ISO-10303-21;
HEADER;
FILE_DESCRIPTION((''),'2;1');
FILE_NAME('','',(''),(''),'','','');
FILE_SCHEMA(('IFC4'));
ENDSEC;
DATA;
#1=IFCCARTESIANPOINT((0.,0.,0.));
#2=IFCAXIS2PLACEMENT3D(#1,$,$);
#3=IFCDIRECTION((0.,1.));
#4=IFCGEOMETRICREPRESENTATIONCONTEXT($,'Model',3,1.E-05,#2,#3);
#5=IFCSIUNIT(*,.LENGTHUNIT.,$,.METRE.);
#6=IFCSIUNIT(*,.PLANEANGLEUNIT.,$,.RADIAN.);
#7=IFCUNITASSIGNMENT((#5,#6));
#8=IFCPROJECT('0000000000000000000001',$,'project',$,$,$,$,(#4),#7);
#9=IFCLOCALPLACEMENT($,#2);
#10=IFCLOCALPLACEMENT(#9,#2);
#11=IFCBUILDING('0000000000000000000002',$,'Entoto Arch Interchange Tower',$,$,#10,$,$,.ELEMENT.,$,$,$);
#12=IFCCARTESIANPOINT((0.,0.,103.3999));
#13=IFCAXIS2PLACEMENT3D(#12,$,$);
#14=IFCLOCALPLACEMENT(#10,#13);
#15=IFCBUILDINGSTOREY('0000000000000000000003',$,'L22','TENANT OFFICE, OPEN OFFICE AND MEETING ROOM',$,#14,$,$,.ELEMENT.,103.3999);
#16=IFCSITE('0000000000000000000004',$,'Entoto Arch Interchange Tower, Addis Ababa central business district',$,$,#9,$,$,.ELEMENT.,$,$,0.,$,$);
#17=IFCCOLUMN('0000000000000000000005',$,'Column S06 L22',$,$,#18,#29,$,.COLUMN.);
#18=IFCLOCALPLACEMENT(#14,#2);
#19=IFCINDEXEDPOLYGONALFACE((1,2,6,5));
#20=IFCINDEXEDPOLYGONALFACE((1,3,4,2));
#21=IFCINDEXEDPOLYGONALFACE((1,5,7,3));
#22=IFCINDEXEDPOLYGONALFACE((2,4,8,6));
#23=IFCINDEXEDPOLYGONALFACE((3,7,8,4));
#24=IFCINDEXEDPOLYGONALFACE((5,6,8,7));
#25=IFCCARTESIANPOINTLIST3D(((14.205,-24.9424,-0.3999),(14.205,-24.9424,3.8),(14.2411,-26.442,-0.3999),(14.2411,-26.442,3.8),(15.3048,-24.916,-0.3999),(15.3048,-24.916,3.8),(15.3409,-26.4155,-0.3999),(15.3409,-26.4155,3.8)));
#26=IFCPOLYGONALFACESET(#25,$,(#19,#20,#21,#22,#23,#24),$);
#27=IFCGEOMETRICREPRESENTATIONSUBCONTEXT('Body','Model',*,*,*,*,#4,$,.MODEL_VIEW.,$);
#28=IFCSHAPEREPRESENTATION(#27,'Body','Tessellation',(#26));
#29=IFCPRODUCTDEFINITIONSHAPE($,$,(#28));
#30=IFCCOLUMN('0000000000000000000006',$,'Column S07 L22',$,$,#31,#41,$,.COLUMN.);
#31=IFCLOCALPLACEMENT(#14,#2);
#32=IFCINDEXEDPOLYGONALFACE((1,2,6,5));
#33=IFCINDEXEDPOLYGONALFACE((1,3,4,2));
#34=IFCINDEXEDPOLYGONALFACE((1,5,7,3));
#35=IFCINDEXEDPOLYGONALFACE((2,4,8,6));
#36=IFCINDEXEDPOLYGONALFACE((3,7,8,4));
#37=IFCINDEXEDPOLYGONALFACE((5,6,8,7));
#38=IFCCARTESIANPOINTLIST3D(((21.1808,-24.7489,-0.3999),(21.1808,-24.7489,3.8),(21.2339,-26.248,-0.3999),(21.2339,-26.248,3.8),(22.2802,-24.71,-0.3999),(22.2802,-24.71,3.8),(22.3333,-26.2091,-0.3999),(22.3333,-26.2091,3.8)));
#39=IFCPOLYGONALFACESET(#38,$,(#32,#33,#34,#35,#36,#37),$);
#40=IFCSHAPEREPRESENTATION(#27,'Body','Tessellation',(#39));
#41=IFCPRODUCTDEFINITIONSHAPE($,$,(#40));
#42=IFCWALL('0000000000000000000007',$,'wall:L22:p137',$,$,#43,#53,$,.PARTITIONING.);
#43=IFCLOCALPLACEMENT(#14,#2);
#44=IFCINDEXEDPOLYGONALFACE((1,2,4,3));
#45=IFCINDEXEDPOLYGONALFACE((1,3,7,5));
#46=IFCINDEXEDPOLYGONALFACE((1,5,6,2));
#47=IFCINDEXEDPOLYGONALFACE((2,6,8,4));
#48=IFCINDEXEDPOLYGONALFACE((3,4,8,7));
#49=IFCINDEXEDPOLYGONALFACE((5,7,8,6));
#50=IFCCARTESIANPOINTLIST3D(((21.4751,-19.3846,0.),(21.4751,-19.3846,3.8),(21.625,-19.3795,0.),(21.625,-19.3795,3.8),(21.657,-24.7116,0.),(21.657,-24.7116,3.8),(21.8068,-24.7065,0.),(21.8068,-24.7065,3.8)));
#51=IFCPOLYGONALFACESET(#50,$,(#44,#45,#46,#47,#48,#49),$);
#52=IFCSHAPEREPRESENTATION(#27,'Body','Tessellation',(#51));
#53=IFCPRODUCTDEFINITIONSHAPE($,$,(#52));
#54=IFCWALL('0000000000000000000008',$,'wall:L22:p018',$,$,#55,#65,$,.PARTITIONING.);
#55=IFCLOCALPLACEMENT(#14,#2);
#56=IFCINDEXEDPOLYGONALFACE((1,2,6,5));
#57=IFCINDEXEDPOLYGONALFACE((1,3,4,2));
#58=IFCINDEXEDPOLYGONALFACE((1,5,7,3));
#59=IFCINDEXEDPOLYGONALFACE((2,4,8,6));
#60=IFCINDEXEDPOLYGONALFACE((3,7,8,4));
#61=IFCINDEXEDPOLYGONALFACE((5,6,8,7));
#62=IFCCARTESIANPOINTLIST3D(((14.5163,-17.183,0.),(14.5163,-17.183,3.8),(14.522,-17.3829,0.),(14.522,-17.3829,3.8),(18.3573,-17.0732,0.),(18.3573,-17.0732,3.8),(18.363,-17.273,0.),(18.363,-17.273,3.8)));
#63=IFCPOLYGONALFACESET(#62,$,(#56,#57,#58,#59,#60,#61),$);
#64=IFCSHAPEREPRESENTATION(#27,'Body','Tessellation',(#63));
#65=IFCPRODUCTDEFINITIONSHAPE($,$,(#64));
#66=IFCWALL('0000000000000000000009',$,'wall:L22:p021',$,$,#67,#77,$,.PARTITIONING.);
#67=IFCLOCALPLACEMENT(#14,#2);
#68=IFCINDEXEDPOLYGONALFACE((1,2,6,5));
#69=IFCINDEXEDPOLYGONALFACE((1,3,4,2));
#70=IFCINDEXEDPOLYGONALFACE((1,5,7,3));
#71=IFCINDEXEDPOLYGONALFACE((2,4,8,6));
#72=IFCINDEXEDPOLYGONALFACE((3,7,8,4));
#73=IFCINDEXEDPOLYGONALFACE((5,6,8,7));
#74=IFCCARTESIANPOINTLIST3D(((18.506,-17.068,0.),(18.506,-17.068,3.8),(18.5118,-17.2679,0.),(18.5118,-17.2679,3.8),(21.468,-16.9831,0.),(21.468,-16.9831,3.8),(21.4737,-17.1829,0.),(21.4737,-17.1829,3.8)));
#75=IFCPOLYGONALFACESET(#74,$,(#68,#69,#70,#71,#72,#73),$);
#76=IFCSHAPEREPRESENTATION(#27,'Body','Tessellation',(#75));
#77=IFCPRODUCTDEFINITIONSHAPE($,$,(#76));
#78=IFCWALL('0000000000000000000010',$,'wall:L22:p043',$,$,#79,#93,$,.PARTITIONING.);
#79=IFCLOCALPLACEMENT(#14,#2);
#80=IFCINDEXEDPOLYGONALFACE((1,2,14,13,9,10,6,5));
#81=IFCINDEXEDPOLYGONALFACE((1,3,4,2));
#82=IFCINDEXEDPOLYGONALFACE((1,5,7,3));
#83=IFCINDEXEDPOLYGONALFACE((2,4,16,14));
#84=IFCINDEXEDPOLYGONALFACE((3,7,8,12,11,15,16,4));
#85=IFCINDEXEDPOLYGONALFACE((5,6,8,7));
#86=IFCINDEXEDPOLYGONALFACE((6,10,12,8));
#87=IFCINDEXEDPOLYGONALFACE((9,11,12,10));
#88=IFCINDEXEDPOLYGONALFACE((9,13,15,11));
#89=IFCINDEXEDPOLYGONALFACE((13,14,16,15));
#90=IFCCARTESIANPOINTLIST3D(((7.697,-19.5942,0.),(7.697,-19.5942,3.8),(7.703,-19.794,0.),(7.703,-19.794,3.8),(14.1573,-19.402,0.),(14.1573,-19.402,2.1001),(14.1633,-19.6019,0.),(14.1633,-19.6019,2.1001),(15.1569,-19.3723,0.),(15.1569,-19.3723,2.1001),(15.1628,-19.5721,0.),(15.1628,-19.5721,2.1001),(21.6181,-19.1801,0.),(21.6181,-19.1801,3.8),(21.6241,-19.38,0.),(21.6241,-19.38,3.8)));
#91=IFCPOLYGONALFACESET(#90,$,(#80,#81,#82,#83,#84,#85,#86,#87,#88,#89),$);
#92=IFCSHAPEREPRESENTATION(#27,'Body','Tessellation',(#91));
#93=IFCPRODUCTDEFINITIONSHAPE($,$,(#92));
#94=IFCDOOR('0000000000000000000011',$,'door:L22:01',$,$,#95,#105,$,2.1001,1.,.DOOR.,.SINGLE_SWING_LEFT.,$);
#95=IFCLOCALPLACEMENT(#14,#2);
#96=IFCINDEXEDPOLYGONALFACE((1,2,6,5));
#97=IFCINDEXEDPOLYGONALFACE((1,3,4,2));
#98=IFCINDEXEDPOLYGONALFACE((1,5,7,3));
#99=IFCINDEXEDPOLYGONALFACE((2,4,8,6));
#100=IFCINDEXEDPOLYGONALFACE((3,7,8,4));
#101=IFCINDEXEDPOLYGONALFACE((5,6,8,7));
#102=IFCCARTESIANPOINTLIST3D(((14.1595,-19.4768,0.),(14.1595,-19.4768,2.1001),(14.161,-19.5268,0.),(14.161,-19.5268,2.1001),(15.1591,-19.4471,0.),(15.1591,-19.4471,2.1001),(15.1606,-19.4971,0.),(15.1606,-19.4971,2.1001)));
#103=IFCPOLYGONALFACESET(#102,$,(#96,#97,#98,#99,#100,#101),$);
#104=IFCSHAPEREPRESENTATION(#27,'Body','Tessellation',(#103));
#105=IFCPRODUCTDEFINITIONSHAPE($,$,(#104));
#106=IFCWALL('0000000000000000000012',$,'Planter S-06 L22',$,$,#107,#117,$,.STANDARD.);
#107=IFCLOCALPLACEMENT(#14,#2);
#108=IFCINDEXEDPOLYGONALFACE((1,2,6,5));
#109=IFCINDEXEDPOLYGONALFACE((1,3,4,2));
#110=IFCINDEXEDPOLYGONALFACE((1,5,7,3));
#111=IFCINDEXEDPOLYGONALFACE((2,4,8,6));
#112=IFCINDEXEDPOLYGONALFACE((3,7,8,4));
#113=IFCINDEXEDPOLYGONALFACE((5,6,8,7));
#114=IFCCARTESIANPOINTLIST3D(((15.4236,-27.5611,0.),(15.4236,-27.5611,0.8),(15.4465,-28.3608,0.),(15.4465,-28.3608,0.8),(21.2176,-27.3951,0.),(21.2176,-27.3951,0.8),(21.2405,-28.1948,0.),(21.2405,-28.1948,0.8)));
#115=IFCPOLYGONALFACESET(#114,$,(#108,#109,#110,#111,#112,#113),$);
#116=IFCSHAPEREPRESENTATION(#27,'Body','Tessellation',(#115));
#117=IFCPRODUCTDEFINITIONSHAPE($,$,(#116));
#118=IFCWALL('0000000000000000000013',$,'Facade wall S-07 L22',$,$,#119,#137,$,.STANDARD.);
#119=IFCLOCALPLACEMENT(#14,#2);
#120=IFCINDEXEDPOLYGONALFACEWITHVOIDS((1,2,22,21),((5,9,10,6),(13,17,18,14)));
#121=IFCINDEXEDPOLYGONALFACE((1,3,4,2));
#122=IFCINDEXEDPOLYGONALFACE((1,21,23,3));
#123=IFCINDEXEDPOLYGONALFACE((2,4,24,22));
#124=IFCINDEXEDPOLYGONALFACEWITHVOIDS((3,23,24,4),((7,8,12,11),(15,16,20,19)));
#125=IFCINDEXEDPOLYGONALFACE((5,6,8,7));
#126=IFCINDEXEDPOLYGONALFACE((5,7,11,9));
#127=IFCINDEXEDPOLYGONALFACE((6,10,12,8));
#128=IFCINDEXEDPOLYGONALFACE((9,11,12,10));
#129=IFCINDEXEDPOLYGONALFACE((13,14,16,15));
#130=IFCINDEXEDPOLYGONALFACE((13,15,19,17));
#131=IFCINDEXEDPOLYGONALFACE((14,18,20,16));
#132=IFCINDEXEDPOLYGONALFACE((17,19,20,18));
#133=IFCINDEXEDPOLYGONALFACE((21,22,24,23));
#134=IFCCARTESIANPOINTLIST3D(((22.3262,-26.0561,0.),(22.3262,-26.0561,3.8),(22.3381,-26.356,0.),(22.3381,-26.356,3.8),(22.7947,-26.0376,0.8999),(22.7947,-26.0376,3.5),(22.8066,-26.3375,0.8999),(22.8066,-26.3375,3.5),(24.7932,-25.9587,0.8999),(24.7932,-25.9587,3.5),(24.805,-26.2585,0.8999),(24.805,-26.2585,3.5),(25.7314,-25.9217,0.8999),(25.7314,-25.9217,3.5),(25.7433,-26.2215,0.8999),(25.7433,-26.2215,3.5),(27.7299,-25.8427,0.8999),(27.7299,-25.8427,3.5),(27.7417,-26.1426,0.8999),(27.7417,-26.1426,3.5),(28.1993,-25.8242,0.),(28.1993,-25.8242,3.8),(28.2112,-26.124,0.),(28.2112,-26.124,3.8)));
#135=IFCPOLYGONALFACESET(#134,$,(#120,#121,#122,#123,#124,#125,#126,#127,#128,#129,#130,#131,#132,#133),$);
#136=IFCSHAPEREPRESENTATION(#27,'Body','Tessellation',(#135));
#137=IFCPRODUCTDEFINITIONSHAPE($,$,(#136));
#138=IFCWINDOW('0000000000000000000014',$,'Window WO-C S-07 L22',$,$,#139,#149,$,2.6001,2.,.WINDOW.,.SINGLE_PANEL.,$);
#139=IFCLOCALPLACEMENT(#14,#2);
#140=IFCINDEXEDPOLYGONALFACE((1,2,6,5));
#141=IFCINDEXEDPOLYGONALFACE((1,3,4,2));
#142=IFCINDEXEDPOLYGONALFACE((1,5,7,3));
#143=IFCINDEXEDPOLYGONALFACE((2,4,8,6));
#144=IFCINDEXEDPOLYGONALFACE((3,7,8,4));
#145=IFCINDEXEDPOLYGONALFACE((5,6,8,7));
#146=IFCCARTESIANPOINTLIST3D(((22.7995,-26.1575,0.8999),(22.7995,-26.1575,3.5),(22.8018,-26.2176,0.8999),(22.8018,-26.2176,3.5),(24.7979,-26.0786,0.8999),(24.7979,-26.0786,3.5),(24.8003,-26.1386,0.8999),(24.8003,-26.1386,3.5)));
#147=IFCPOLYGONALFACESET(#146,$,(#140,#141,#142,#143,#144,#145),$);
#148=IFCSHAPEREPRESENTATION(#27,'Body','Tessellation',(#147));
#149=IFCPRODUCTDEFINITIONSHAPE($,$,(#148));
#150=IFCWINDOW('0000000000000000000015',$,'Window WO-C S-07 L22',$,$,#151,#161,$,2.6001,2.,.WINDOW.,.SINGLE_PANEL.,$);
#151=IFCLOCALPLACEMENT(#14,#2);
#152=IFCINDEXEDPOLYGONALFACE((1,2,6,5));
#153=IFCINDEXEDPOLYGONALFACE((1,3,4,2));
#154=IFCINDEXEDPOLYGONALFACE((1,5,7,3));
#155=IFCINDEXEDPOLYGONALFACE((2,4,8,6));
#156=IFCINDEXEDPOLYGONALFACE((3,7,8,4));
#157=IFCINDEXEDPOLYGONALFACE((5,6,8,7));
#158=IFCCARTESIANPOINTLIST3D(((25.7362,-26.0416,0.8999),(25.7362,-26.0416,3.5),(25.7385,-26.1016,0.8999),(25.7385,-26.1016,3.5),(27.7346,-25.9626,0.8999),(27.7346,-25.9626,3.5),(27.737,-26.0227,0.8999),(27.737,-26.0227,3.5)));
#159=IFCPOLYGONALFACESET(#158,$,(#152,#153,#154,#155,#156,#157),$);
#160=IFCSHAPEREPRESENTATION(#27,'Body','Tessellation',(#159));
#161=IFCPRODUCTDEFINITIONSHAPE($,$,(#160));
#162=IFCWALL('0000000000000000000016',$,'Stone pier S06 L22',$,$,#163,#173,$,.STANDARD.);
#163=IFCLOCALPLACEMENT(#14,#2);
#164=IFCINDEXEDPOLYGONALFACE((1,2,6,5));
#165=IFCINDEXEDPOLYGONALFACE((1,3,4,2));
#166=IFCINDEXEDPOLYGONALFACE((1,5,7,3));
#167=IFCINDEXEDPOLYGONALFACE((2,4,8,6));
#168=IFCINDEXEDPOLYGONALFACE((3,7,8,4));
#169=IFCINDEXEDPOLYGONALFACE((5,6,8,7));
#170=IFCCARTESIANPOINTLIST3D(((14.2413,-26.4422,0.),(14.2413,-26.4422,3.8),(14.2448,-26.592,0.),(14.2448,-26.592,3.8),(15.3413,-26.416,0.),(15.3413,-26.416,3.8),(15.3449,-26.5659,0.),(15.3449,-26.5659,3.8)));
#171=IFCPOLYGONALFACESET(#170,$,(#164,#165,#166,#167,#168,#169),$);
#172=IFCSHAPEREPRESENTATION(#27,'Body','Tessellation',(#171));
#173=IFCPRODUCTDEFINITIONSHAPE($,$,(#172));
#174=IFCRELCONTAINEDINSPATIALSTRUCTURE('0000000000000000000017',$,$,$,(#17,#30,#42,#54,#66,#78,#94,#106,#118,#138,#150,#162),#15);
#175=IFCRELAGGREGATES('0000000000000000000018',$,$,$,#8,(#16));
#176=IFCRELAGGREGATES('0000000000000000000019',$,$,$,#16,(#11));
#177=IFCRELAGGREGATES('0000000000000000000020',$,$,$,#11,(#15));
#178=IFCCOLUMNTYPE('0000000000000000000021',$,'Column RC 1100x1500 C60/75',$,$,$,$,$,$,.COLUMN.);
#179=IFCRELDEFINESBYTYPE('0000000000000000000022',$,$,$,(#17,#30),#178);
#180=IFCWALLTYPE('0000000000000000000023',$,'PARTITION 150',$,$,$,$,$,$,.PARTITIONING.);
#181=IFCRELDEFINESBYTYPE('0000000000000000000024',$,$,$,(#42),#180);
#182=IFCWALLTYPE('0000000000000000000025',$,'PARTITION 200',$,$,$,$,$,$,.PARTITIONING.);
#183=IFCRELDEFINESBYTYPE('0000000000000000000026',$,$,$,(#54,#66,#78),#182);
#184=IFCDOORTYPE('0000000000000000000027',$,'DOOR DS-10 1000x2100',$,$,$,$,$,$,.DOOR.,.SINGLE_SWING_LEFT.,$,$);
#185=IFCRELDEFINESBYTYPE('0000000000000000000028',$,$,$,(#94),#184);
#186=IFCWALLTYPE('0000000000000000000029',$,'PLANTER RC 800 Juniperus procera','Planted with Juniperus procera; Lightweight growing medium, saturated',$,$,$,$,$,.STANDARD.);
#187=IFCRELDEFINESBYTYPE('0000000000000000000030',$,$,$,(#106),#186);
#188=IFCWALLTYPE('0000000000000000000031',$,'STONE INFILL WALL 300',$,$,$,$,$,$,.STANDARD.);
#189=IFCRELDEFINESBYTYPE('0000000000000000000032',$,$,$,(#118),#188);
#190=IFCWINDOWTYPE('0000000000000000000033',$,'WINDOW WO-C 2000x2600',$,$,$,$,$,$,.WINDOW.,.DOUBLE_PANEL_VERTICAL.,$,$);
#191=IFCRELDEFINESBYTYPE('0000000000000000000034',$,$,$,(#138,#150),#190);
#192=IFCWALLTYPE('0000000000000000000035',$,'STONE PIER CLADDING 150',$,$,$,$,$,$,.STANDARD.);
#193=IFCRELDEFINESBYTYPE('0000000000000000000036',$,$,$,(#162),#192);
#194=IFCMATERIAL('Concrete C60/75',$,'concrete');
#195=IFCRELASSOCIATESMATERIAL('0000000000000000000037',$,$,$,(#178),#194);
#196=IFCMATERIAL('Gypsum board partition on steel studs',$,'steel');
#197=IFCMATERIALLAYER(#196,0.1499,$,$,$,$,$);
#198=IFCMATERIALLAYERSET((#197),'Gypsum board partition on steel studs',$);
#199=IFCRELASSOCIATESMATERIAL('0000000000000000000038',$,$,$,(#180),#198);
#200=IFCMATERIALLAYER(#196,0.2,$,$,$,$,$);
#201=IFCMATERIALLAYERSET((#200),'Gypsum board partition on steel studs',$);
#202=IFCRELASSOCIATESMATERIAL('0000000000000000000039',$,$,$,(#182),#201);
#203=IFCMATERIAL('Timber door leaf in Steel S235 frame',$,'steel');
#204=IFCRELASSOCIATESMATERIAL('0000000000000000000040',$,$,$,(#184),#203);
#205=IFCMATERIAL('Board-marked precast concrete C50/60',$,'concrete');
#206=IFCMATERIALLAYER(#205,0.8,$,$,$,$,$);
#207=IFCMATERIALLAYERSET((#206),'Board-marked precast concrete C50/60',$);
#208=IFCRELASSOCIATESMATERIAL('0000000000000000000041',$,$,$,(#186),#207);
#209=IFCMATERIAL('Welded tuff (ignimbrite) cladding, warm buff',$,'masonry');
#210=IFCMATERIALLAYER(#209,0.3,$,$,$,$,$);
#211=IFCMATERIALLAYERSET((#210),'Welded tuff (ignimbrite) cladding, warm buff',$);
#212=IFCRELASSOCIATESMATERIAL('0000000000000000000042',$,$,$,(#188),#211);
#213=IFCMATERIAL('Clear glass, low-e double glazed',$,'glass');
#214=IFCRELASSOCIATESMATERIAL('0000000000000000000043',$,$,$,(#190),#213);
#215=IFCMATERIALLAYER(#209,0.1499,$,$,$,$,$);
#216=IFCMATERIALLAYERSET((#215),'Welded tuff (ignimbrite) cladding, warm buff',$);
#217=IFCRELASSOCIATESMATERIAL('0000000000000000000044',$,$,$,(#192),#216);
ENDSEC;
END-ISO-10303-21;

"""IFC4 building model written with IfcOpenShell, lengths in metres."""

from ifc_helpers import new_model, si_unit, direction, frame, frame_2d, origin, origin_2d, place, context, subcontext, project, spatial, rectangle, extrude, material, layer, layer_set, material_profile, profile_set, type_object, element, fill, save


model = new_model("IFC4")

# Units and contexts
model_context = context("Model", 3, precision=1e-05, world=origin(), true_north=direction((0.0, 1.0)))
body_context = subcontext(model_context, "Body", "Model", "MODEL_VIEW")
ifc_project = project(units=[si_unit("LENGTHUNIT", "METRE"), si_unit("PLANEANGLEUNIT", "RADIAN")], contexts=[model_context])

# Site, building, storey
site_placement = place(None, origin())
site = spatial("IfcSite", under=ifc_project, at=site_placement, Name="Entoto Arch Interchange Tower, Addis Ababa central business district", CompositionType="ELEMENT", RefElevation=0.0)
building_placement = place(site_placement, origin())
building = spatial("IfcBuilding", under=site, at=building_placement, Name="Entoto Arch Interchange Tower", CompositionType="ELEMENT")
storey_placement = place(building_placement, frame((0.0, 0.0, 103.3999)))
storey = spatial("IfcBuildingStorey", under=building, at=storey_placement, Name="L22", Description="TENANT OFFICE, OPEN OFFICE AND MEETING ROOM", CompositionType="ELEMENT", Elevation=103.3999)

# Columns
ifc_material_1 = material(Name="Concrete C60/75", Category="concrete")
ifc_material_profile_1 = material_profile(ifc_material_1, rectangle(XDim=1.1001, YDim=1.5, at=origin_2d()))
ifc_profile_set_1 = profile_set([ifc_material_profile_1], Name="Concrete C60/75")
column_type = type_object("IfcColumnType", Name="Column RC 1100x1500 C60/75", PredefinedType="COLUMN", material=ifc_profile_set_1)
for number, where, z_axis, x_axis, name in (
    (1, (14.7729, -25.679, -0.3999), (0.0, 0.0, 1.0), (0.999711, 0.024031, 0.0), "Column S06 L22"),
    (2, (21.7571, -25.479, -0.3999), (0.0, 0.0, 1.0), (0.999374, 0.035388, 0.0), "Column S07 L22"),
):
    element("IfcColumn", number, at=place(storey_placement, frame(where, z_axis=z_axis, x_axis=x_axis)), inside=storey, type_object=column_type, Name=name, PredefinedType="COLUMN", context=body_context, shape_type="SweptSolid", body=[
        extrude(rectangle(XDim=1.1001, YDim=1.5, at=origin_2d()), origin(), (0.0, 0.0, 1.0), 4.2),
    ])

# Walls
ifc_material_2 = material(Name="Gypsum board partition on steel studs", Category="steel")
ifc_layer_1 = layer(ifc_material_2, 0.1499)
ifc_layer_set_1 = layer_set([ifc_layer_1], Name="Gypsum board partition on steel studs")
wall_type_1 = type_object("IfcWallType", Name="PARTITION 150", PredefinedType="PARTITIONING", material=ifc_layer_set_1)
wall_1_placement = place(storey_placement, frame((21.55, -19.3821, 0.0), z_axis=(0.0, 0.0, 1.0), x_axis=(0.034125, -0.999418, 0.0)))
element("IfcWall", 3, at=wall_1_placement, inside=storey, type_object=wall_type_1, Name="wall:L22:p137", PredefinedType="PARTITIONING", context=body_context, shape_type="SweptSolid", body=[
    extrude(rectangle(XDim=5.3301, YDim=0.1499, at=frame_2d((2.665, 0.0))), origin(), (0.0, 0.0, 1.0), 3.8),
])
ifc_layer_2 = layer(ifc_material_2, 0.2)
ifc_layer_set_2 = layer_set([ifc_layer_2], Name="Gypsum board partition on steel studs")
wall_type_2 = type_object("IfcWallType", Name="PARTITION 200", PredefinedType="PARTITIONING", material=ifc_layer_set_2)
wall_2_placement = place(storey_placement, frame((14.519, -17.283, 0.0), z_axis=(0.0, 0.0, 1.0), x_axis=(0.999591, 0.028591, 0.0)))
element("IfcWall", 4, at=wall_2_placement, inside=storey, type_object=wall_type_2, Name="wall:L22:p018", PredefinedType="PARTITIONING", context=body_context, shape_type="SweptSolid", body=[
    extrude(rectangle(XDim=3.8425, YDim=0.2, at=frame_2d((1.9214, 0.0))), origin(), (0.0, 0.0, 1.0), 3.8),
])
wall_3_placement = place(storey_placement, frame((18.509, -17.168, 0.0), z_axis=(0.0, 0.0, 1.0), x_axis=(0.999589, 0.028673, 0.0)))
element("IfcWall", 5, at=wall_3_placement, inside=storey, type_object=wall_type_2, Name="wall:L22:p021", PredefinedType="PARTITIONING", context=body_context, shape_type="SweptSolid", body=[
    extrude(rectangle(XDim=2.9631, YDim=0.2, at=frame_2d((1.4814, 0.0))), origin(), (0.0, 0.0, 1.0), 3.8),
])

# Wall, opening, door
wall_4_placement = place(storey_placement, frame((21.6211, -19.28, 0.0), z_axis=(0.0, 0.0, 1.0), x_axis=(-0.999558, -0.02973, 0.0)))
wall_4 = element("IfcWall", 6, at=wall_4_placement, inside=storey, type_object=wall_type_2, Name="wall:L22:p043", PredefinedType="PARTITIONING", context=body_context, shape_type="SweptSolid", body=[
    extrude(rectangle(XDim=13.9272, YDim=0.2, at=frame_2d((6.9636, 0.0))), origin(), (0.0, 0.0, 1.0), 3.8),
])
opening_1_placement = place(wall_4_placement, frame((6.4641, 0.0, 0.0)))
opening_1 = element("IfcOpeningElement", 7, at=opening_1_placement, cuts=wall_4, PredefinedType="OPENING", context=body_context, shape_type="SweptSolid", body=[
    extrude(rectangle(XDim=1.0, YDim=2.1001, at=frame_2d((0.5, 1.05))), frame((0.0, 0.1099, 0.0), z_axis=(0.0, -1.0, 0.0), x_axis=(1.0, 0.0, 0.0)), (0.0, 0.0, 1.0), 0.22),
])
ifc_material_3 = material(Name="Timber door leaf in Steel S235 frame", Category="steel")
door_type_1 = type_object("IfcDoorType", Name="DOOR DS-10 1000x2100", OperationType="SINGLE_SWING_LEFT", PredefinedType="DOOR", material=ifc_material_3)
door_1_placement = place(opening_1_placement, origin())
door_1 = element("IfcDoor", 8, at=door_1_placement, inside=storey, type_object=door_type_1, Name="door:L22:01", OperationType="SINGLE_SWING_LEFT", OverallHeight=2.1001, OverallWidth=1.0, PredefinedType="DOOR", context=body_context, shape_type="SweptSolid", body=[
    extrude(rectangle(XDim=1.0, YDim=2.1001, at=frame_2d((0.5, 1.05))), frame((0.0, 0.0249, 0.0), z_axis=(0.0, -1.0, 0.0), x_axis=(1.0, 0.0, 0.0)), (0.0, 0.0, 1.0), 0.05),
])
fill(opening_1, door_1)

# Wall
ifc_material_4 = material(Name="Board-marked precast concrete C50/60", Category="concrete")
ifc_layer_3 = layer(ifc_material_4, 0.8)
ifc_layer_set_3 = layer_set([ifc_layer_3], Name="Board-marked precast concrete C50/60")
wall_type_3 = type_object("IfcWallType", Name="PLANTER RC 800 Juniperus procera", Description="Planted with Juniperus procera; Lightweight growing medium, saturated", PredefinedType="STANDARD", material=ifc_layer_set_3)
wall_5_placement = place(storey_placement, frame((15.4351, -27.9609, 0.0), z_axis=(0.0, 0.0, 1.0), x_axis=(0.99959, 0.028642, 0.0)))
element("IfcWall", 9, at=wall_5_placement, inside=storey, type_object=wall_type_3, Name="Planter S-06 L22", PredefinedType="STANDARD", context=body_context, shape_type="SweptSolid", body=[
    extrude(rectangle(XDim=5.7964, YDim=0.8, at=frame_2d((2.8982, 0.0))), origin(), (0.0, 0.0, 1.0), 0.8),
])

# Shared definitions
ifc_material_5 = material(Name="Welded tuff (ignimbrite) cladding, warm buff", Category="masonry")
ifc_layer_4 = layer(ifc_material_5, 0.3)
ifc_layer_set_4 = layer_set([ifc_layer_4], Name="Welded tuff (ignimbrite) cladding, warm buff")
wall_type_4 = type_object("IfcWallType", Name="STONE INFILL WALL 300", PredefinedType="STANDARD", material=ifc_layer_set_4)
ifc_material_6 = material(Name="Clear glass, low-e double glazed", Category="glass")
window_type = type_object("IfcWindowType", Name="WINDOW WO-C 2000x2600", PartitioningType="DOUBLE_PANEL_VERTICAL", PredefinedType="WINDOW", material=ifc_material_6)

# Wall, openings, windows
wall_6_placement = place(storey_placement, frame((22.332, -26.2061, 0.0), z_axis=(0.0, 0.0, 1.0), x_axis=(0.999221, 0.03946, 0.0)))
wall_6 = element("IfcWall", 10, at=wall_6_placement, inside=storey, type_object=wall_type_4, Name="Facade wall S-07 L22", PredefinedType="STANDARD", context=body_context, shape_type="SweptSolid", body=[
    extrude(rectangle(XDim=5.8777, YDim=0.3, at=frame_2d((2.939, 0.0))), origin(), (0.0, 0.0, 1.0), 3.8),
])
opening_2_placement = place(wall_6_placement, frame((0.469, 0.0, 0.8999)))
opening_2 = element("IfcOpeningElement", 11, at=opening_2_placement, cuts=wall_6, PredefinedType="OPENING", context=body_context, shape_type="SweptSolid", body=[
    extrude(rectangle(XDim=2.0, YDim=2.6001, at=frame_2d((1.0, 1.3))), frame((0.0, 0.1602, 0.0), z_axis=(0.0, -1.0, 0.0), x_axis=(1.0, 0.0, 0.0)), (0.0, 0.0, 1.0), 0.3201),
])
opening_3_placement = place(wall_6_placement, frame((3.408, 0.0, 0.8999)))
opening_3 = element("IfcOpeningElement", 12, at=opening_3_placement, cuts=wall_6, PredefinedType="OPENING", context=body_context, shape_type="SweptSolid", body=[
    extrude(rectangle(XDim=2.0, YDim=2.6001, at=frame_2d((1.0, 1.3))), frame((0.0, 0.1602, 0.0), z_axis=(0.0, -1.0, 0.0), x_axis=(1.0, 0.0, 0.0)), (0.0, 0.0, 1.0), 0.3201),
])
window_1_placement = place(opening_2_placement, origin())
window_1 = element("IfcWindow", 13, at=window_1_placement, inside=storey, type_object=window_type, Name="Window WO-C S-07 L22", OverallHeight=2.6001, OverallWidth=2.0, PartitioningType="SINGLE_PANEL", PredefinedType="WINDOW", context=body_context, shape_type="SweptSolid", body=[
    extrude(rectangle(XDim=2.0, YDim=2.6001, at=frame_2d((1.0, 1.3))), frame((0.0, 0.03, 0.0), z_axis=(0.0, -1.0, 0.0), x_axis=(1.0, 0.0, 0.0)), (0.0, 0.0, 1.0), 0.0601),
])
fill(opening_2, window_1)
window_2_placement = place(opening_3_placement, origin())
window_2 = element("IfcWindow", 14, at=window_2_placement, inside=storey, type_object=window_type, Name="Window WO-C S-07 L22", OverallHeight=2.6001, OverallWidth=2.0, PartitioningType="SINGLE_PANEL", PredefinedType="WINDOW", context=body_context, shape_type="SweptSolid", body=[
    extrude(rectangle(XDim=2.0, YDim=2.6001, at=frame_2d((1.0, 1.3))), frame((0.0, 0.03, 0.0), z_axis=(0.0, -1.0, 0.0), x_axis=(1.0, 0.0, 0.0)), (0.0, 0.0, 1.0), 0.0601),
])
fill(opening_3, window_2)

# Wall
ifc_layer_5 = layer(ifc_material_5, 0.1499)
ifc_layer_set_5 = layer_set([ifc_layer_5], Name="Welded tuff (ignimbrite) cladding, warm buff")
wall_type_5 = type_object("IfcWallType", Name="STONE PIER CLADDING 150", PredefinedType="STANDARD", material=ifc_layer_set_5)
wall_7_placement = place(storey_placement, frame((14.2429, -26.5171, 0.0), z_axis=(0.0, 0.0, 1.0), x_axis=(0.999718, 0.023739, 0.0)))
element("IfcWall", 15, at=wall_7_placement, inside=storey, type_object=wall_type_5, Name="Stone pier S06 L22", PredefinedType="STANDARD", context=body_context, shape_type="SweptSolid", body=[
    extrude(rectangle(XDim=1.1003, YDim=0.1499, at=frame_2d((0.5503, 0.0))), origin(), (0.0, 0.0, 1.0), 3.8),
])

save(model, "model.ifc")
